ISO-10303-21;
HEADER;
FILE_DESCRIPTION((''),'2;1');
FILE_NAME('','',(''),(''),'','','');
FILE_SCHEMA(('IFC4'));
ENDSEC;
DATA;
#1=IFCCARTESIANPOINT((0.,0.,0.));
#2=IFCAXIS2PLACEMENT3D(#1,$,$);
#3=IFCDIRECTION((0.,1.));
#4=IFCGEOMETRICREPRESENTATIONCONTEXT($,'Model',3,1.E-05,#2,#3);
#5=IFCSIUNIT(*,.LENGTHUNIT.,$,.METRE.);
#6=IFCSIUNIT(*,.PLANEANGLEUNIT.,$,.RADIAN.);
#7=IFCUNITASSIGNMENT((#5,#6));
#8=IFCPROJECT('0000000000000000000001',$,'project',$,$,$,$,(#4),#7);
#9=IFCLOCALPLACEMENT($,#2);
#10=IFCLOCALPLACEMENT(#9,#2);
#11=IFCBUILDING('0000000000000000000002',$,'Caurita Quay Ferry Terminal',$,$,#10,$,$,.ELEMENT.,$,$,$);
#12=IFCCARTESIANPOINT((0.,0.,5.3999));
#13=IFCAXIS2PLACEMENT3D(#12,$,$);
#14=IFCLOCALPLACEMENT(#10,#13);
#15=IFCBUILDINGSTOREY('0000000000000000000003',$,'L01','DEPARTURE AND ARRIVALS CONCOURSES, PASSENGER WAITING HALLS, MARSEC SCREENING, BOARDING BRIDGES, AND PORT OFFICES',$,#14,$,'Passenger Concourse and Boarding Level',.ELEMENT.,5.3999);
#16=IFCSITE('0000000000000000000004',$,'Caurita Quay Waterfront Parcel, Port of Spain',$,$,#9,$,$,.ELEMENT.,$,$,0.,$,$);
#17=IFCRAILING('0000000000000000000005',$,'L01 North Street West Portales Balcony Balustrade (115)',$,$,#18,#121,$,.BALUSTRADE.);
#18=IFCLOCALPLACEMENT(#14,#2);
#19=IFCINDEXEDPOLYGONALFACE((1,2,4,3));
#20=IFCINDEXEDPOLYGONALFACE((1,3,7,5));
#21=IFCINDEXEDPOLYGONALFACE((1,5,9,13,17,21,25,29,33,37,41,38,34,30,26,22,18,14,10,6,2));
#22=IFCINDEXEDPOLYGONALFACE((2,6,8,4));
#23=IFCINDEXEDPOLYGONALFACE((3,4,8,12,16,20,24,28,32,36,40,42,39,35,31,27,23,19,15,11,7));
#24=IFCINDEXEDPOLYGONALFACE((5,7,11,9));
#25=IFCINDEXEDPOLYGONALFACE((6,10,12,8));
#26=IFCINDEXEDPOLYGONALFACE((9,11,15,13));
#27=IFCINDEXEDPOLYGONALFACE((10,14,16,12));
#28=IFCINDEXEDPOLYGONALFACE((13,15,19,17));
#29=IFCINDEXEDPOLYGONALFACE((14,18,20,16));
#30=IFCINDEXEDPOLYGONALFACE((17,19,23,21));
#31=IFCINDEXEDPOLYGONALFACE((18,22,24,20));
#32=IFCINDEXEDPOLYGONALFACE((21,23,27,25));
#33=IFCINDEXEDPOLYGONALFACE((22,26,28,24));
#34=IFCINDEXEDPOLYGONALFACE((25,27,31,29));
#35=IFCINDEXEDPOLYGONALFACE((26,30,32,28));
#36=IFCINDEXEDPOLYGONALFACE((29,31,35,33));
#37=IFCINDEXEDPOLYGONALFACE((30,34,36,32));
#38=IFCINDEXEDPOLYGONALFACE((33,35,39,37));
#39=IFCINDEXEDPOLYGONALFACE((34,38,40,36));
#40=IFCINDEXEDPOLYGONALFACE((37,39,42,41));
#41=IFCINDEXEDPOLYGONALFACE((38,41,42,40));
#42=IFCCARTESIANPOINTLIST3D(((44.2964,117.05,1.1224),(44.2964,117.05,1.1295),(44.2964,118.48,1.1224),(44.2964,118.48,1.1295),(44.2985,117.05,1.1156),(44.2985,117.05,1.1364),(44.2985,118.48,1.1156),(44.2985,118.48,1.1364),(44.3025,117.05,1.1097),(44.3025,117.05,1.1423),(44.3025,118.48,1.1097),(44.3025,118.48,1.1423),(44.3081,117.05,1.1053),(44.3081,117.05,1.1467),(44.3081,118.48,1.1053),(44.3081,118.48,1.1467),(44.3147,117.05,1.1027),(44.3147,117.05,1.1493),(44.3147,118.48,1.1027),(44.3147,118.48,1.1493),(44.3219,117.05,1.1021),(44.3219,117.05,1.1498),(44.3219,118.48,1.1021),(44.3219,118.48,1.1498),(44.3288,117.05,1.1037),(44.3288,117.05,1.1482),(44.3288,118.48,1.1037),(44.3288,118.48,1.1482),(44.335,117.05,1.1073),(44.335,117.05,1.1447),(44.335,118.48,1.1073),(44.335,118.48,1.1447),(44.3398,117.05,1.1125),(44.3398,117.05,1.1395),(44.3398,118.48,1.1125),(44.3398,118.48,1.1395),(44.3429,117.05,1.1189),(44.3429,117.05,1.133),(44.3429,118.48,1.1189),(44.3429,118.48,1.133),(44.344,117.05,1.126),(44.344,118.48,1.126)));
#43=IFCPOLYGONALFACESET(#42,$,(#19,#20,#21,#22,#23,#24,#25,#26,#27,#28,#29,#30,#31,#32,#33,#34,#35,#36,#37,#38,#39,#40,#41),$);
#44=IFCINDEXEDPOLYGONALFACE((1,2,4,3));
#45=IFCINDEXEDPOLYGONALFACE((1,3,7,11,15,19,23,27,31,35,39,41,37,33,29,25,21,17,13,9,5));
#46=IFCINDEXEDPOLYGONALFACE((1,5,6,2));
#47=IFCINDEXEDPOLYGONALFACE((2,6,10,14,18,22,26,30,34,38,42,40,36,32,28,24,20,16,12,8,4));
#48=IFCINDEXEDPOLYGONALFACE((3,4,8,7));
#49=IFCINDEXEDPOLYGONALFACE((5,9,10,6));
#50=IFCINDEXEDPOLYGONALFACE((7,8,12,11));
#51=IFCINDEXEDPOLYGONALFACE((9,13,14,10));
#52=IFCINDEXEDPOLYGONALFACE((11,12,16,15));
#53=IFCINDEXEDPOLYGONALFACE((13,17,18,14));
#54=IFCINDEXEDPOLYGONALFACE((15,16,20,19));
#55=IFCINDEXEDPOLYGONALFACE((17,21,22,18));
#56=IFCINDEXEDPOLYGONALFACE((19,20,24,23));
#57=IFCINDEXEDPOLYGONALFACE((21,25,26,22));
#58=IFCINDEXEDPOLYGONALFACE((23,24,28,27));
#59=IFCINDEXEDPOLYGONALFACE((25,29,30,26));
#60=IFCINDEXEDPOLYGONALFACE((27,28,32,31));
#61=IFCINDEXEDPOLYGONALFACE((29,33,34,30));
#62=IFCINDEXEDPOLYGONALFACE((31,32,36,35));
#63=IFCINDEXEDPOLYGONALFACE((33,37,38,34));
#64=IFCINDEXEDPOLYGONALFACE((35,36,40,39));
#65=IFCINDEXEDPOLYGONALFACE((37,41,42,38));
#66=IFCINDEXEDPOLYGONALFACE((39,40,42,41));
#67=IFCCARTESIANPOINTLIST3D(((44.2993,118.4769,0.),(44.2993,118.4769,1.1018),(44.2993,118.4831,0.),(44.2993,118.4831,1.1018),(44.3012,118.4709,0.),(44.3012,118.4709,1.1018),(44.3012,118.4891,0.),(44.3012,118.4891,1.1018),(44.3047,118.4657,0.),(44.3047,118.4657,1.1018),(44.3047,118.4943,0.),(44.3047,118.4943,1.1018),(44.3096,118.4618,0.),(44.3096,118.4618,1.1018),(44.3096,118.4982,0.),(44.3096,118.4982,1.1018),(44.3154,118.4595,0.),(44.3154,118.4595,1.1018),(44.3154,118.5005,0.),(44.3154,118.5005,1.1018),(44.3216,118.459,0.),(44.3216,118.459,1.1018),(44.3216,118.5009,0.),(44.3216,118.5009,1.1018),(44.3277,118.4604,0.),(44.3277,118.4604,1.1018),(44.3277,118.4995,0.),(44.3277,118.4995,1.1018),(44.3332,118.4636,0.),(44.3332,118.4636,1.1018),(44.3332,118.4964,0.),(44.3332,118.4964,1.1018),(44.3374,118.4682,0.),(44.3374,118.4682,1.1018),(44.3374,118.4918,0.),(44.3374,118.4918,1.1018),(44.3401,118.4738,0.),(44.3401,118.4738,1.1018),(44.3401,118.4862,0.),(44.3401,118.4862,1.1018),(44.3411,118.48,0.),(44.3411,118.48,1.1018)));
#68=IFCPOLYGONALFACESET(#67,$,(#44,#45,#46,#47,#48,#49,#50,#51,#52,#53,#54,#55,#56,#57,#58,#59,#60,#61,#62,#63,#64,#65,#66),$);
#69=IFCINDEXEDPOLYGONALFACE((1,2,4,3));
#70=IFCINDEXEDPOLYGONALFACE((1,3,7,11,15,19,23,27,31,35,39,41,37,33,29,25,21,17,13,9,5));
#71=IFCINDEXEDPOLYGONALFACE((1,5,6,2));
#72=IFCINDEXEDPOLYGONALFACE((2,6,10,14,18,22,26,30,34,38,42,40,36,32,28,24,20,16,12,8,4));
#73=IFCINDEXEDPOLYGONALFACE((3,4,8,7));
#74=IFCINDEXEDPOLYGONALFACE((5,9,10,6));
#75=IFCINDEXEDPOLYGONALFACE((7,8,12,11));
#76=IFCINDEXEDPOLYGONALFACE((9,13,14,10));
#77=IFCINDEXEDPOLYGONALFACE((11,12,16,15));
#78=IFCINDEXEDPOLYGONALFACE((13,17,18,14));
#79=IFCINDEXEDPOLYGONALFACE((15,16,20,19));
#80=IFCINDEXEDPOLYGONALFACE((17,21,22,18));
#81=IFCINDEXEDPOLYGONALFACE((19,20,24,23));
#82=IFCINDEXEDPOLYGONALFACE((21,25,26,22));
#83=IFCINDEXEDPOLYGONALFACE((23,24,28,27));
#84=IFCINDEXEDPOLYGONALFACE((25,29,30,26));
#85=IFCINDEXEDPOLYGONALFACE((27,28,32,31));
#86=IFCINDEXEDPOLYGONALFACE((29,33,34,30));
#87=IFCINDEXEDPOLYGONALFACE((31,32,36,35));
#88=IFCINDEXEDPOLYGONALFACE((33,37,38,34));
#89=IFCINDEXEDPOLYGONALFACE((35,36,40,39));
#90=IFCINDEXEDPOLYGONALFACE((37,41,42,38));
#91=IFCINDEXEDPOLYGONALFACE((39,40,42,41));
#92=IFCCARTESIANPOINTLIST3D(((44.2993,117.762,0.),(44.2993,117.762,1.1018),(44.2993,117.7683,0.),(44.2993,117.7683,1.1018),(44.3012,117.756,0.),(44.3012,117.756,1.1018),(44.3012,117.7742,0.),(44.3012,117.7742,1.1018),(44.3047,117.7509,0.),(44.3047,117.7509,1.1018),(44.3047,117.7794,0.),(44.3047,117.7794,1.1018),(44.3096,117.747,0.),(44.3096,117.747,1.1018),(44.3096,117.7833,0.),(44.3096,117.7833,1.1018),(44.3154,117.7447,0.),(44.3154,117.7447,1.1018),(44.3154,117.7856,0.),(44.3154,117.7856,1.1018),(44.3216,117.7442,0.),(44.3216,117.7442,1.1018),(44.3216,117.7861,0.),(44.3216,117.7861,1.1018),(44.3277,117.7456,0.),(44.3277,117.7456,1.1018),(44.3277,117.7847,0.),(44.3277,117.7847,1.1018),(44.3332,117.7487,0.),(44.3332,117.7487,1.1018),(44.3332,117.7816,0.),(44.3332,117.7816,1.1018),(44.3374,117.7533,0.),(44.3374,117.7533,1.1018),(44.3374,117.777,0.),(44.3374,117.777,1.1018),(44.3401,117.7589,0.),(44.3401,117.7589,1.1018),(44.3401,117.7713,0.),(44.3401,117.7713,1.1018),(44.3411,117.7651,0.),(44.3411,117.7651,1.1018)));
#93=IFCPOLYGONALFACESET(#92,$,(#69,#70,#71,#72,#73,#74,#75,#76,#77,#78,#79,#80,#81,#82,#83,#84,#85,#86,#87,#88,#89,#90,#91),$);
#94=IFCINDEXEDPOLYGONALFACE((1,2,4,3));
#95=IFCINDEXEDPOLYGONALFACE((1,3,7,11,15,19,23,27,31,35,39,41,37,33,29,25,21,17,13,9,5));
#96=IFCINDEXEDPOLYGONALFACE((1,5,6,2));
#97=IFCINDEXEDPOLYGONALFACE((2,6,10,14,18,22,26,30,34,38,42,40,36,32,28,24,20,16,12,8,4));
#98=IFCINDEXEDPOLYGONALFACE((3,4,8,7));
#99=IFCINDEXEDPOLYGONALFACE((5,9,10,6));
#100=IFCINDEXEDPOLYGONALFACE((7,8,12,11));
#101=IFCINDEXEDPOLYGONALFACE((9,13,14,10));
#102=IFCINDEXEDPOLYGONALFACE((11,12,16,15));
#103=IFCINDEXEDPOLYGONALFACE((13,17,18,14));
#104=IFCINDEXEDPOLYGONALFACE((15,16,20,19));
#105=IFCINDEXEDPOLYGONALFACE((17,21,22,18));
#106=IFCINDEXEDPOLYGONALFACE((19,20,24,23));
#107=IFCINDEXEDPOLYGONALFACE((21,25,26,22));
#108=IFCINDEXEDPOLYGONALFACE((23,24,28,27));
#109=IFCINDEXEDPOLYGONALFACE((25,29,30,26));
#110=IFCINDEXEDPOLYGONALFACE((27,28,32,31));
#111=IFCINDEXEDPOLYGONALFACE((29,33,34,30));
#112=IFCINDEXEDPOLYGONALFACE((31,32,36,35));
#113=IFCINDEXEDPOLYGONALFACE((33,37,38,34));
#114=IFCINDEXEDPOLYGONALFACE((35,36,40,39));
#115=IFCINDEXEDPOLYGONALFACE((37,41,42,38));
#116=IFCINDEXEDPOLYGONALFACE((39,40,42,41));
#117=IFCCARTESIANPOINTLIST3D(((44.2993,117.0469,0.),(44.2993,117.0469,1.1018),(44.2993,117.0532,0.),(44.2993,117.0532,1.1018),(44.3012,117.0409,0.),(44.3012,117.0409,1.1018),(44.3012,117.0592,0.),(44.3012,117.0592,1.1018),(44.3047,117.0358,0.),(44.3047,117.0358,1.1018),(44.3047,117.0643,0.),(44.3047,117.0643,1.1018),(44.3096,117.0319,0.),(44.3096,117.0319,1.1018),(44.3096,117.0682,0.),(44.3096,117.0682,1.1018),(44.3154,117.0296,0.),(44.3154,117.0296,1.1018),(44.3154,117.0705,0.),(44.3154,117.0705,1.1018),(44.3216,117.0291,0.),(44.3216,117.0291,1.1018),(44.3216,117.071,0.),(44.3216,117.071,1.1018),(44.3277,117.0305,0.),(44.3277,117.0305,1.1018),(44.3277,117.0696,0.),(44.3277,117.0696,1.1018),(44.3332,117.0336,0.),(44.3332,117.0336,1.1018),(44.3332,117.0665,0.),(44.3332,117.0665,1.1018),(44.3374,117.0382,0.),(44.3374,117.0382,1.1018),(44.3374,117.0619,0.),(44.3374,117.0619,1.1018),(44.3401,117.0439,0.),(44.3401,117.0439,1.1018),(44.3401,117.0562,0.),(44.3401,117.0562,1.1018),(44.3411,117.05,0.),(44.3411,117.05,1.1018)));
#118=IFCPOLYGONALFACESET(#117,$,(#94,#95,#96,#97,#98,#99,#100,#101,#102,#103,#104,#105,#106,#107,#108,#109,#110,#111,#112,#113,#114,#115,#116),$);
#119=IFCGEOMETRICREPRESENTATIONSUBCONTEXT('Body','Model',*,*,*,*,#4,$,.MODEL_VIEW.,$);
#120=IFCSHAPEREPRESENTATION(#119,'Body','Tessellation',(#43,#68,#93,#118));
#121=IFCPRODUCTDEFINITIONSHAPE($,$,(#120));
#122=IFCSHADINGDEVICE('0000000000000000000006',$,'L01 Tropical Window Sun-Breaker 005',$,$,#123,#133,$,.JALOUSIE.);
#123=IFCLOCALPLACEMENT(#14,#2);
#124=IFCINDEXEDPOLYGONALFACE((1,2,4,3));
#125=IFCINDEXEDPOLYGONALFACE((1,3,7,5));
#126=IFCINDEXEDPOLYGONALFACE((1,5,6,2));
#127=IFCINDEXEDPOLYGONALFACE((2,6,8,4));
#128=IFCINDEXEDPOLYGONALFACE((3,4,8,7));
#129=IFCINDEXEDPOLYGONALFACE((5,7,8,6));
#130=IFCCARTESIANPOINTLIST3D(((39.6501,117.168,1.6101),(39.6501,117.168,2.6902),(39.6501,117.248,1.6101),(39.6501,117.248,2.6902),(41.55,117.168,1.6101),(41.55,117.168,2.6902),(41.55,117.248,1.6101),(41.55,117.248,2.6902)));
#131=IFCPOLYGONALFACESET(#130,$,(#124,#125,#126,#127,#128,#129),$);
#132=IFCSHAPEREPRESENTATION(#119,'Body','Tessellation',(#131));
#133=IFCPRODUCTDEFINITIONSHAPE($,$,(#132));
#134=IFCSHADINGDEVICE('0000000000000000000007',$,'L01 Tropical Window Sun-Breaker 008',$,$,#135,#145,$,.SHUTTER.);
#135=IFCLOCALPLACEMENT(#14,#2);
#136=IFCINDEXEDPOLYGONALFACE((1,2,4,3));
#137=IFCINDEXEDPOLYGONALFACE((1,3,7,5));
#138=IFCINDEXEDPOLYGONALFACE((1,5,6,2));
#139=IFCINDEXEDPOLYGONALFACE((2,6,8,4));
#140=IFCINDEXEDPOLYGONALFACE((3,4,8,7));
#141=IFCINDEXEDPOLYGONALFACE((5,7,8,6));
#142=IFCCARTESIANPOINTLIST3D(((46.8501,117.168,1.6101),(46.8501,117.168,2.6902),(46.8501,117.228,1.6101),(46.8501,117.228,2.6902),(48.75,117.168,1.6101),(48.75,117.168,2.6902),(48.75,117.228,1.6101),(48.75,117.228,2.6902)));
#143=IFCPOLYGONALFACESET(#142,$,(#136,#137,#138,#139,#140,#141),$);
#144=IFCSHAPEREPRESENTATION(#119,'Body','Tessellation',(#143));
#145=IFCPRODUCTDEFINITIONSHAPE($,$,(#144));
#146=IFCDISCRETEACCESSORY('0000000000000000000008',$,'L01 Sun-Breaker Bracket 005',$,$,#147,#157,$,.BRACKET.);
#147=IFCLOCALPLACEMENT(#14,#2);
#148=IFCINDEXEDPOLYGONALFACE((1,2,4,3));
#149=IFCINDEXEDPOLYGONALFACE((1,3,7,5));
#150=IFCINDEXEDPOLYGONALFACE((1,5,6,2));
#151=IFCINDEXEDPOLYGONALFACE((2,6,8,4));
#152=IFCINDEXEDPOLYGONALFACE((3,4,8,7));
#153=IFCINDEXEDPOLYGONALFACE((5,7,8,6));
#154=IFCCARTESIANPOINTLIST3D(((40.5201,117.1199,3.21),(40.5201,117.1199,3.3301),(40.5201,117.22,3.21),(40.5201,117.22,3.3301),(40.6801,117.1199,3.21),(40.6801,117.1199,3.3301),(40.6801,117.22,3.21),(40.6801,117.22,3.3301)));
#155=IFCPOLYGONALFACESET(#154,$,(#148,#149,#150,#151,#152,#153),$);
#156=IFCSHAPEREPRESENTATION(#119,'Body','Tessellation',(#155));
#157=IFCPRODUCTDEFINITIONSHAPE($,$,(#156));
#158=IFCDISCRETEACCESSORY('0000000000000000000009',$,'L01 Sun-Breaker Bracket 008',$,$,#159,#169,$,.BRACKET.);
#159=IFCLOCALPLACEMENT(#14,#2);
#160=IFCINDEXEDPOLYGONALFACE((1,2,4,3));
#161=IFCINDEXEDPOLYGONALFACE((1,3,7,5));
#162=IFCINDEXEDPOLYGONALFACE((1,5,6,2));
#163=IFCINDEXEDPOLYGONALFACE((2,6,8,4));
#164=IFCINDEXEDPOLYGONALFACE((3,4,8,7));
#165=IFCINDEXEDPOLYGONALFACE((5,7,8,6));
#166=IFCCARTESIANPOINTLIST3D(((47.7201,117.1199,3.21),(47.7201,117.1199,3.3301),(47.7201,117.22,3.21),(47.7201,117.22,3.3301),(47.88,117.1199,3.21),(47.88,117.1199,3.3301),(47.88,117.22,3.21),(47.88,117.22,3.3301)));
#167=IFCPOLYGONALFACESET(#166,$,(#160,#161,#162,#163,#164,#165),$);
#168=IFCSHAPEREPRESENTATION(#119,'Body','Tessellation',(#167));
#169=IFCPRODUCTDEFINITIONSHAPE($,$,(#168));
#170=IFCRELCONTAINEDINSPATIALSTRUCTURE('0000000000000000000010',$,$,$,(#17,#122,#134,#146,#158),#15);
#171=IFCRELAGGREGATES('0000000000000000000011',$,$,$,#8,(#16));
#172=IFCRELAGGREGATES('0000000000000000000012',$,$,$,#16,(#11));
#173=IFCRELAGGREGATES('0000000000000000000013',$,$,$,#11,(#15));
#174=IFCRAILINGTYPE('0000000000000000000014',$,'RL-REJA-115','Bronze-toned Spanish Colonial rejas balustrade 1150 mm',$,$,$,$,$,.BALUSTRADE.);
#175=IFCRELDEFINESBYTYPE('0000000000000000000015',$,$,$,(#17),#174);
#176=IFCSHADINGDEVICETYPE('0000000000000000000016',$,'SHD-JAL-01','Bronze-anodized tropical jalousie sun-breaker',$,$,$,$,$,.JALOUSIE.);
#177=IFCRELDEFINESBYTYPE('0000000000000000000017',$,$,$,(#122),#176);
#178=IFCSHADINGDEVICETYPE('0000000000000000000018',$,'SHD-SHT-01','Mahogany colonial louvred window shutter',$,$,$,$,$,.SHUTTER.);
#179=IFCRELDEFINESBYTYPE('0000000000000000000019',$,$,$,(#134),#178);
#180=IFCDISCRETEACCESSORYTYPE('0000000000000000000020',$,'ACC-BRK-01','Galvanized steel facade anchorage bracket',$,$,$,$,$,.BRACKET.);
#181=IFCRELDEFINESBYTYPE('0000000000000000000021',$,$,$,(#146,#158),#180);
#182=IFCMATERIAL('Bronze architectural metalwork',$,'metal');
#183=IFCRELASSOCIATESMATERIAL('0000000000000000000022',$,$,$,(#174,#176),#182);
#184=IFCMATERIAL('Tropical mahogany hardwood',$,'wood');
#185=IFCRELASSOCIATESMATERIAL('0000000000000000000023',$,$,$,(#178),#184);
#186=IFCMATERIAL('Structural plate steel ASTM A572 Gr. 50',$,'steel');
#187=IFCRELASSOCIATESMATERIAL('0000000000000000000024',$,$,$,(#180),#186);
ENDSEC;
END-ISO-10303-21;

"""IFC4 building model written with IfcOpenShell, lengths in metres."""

from ifc_helpers import new_model, si_unit, direction, frame, origin, origin_2d, place, context, subcontext, project, spatial, rectangle, circle, extrude, material, type_object, element, save


model = new_model("IFC4")

# Units and contexts
model_context = context("Model", 3, precision=1e-05, world=origin(), true_north=direction((0.0, 1.0)))
body_context = subcontext(model_context, "Body", "Model", "MODEL_VIEW")
ifc_project = project(units=[si_unit("LENGTHUNIT", "METRE"), si_unit("PLANEANGLEUNIT", "RADIAN")], contexts=[model_context])

# Site, building, storey
site_placement = place(None, origin())
site = spatial("IfcSite", under=ifc_project, at=site_placement, Name="Caurita Quay Waterfront Parcel, Port of Spain", CompositionType="ELEMENT", RefElevation=0.0)
building_placement = place(site_placement, origin())
building = spatial("IfcBuilding", under=site, at=building_placement, Name="Caurita Quay Ferry Terminal", CompositionType="ELEMENT")
storey_placement = place(building_placement, frame((0.0, 0.0, 5.3999)))
storey = spatial("IfcBuildingStorey", under=building, at=storey_placement, Name="L01", Description="DEPARTURE AND ARRIVALS CONCOURSES, PASSENGER WAITING HALLS, MARSEC SCREENING, BOARDING BRIDGES, AND PORT OFFICES", LongName="Passenger Concourse and Boarding Level", CompositionType="ELEMENT", Elevation=5.3999)

# Railing
ifc_material_1 = material(Name="Bronze architectural metalwork", Category="metal")
railing_type = type_object("IfcRailingType", Name="RL-REJA-115", Description="Bronze-toned Spanish Colonial rejas balustrade 1150 mm", PredefinedType="BALUSTRADE", material=ifc_material_1)
railing_placement = place(storey_placement, frame((44.3201, 118.48, 0.0)))
element("IfcRailing", 1, at=railing_placement, inside=storey, type_object=railing_type, Name="L01 North Street West Portales Balcony Balustrade (115)", PredefinedType="BALUSTRADE", context=body_context, shape_type="SweptSolid", body=[
    extrude(circle(Radius=0.0239, at=origin_2d()), frame((0.0, 0.0, 1.126), z_axis=(0.0, -1.0, 0.0), x_axis=(1.0, 0.0, 0.0)), (0.0, 0.0, 1.0), 1.4299),
    extrude(circle(Radius=0.021, at=origin_2d()), origin(), (0.0, 0.0, 1.0), 1.1018),
    extrude(circle(Radius=0.021, at=origin_2d()), frame((0.0, -0.7148, 0.0)), (0.0, 0.0, 1.0), 1.1018),
    extrude(circle(Radius=0.021, at=origin_2d()), frame((0.0, -1.4299, 0.0)), (0.0, 0.0, 1.0), 1.1018),
])

# Shading devices
shading_device_type_1 = type_object("IfcShadingDeviceType", Name="SHD-JAL-01", Description="Bronze-anodized tropical jalousie sun-breaker", PredefinedType="JALOUSIE", material=ifc_material_1)
shading_device_1_placement = place(storey_placement, frame((40.6001, 117.208, 1.6101), z_axis=(0.0, 0.0, 1.0), x_axis=(-1.0, 0.0, 0.0)))
element("IfcShadingDevice", 2, at=shading_device_1_placement, inside=storey, type_object=shading_device_type_1, Name="L01 Tropical Window Sun-Breaker 005", PredefinedType="JALOUSIE", context=body_context, shape_type="SweptSolid", body=[
    extrude(rectangle(XDim=1.8999, YDim=0.0801, at=origin_2d()), origin(), (0.0, 0.0, 1.0), 1.0801),
])
ifc_material_2 = material(Name="Tropical mahogany hardwood", Category="wood")
shading_device_type_2 = type_object("IfcShadingDeviceType", Name="SHD-SHT-01", Description="Mahogany colonial louvred window shutter", PredefinedType="SHUTTER", material=ifc_material_2)
shading_device_2_placement = place(storey_placement, frame((47.8, 117.198, 1.6101), z_axis=(0.0, 0.0, 1.0), x_axis=(-1.0, 0.0, 0.0)))
element("IfcShadingDevice", 3, at=shading_device_2_placement, inside=storey, type_object=shading_device_type_2, Name="L01 Tropical Window Sun-Breaker 008", PredefinedType="SHUTTER", context=body_context, shape_type="SweptSolid", body=[
    extrude(rectangle(XDim=1.8999, YDim=0.0601, at=origin_2d()), origin(), (0.0, 0.0, 1.0), 1.0801),
])

# Discrete accessories
ifc_material_3 = material(Name="Structural plate steel ASTM A572 Gr. 50", Category="steel")
discrete_accessory_type = type_object("IfcDiscreteAccessoryType", Name="ACC-BRK-01", Description="Galvanized steel facade anchorage bracket", PredefinedType="BRACKET", material=ifc_material_3)
for number, where, z_axis, x_axis, name in (
    (4, (40.6001, 117.1699, 3.21), (0.0, 0.0, 1.0), (-1.0, 0.0, 0.0), "L01 Sun-Breaker Bracket 005"),
    (5, (47.8, 117.1699, 3.21), (0.0, 0.0, 1.0), (-1.0, 0.0, 0.0), "L01 Sun-Breaker Bracket 008"),
):
    element("IfcDiscreteAccessory", number, at=place(storey_placement, frame(where, z_axis=z_axis, x_axis=x_axis)), inside=storey, type_object=discrete_accessory_type, Name=name, PredefinedType="BRACKET", context=body_context, shape_type="SweptSolid", body=[
        extrude(rectangle(XDim=0.1599, YDim=0.1001, at=origin_2d()), origin(), (0.0, 0.0, 1.0), 0.1201),
    ])

save(model, "model.ifc")
